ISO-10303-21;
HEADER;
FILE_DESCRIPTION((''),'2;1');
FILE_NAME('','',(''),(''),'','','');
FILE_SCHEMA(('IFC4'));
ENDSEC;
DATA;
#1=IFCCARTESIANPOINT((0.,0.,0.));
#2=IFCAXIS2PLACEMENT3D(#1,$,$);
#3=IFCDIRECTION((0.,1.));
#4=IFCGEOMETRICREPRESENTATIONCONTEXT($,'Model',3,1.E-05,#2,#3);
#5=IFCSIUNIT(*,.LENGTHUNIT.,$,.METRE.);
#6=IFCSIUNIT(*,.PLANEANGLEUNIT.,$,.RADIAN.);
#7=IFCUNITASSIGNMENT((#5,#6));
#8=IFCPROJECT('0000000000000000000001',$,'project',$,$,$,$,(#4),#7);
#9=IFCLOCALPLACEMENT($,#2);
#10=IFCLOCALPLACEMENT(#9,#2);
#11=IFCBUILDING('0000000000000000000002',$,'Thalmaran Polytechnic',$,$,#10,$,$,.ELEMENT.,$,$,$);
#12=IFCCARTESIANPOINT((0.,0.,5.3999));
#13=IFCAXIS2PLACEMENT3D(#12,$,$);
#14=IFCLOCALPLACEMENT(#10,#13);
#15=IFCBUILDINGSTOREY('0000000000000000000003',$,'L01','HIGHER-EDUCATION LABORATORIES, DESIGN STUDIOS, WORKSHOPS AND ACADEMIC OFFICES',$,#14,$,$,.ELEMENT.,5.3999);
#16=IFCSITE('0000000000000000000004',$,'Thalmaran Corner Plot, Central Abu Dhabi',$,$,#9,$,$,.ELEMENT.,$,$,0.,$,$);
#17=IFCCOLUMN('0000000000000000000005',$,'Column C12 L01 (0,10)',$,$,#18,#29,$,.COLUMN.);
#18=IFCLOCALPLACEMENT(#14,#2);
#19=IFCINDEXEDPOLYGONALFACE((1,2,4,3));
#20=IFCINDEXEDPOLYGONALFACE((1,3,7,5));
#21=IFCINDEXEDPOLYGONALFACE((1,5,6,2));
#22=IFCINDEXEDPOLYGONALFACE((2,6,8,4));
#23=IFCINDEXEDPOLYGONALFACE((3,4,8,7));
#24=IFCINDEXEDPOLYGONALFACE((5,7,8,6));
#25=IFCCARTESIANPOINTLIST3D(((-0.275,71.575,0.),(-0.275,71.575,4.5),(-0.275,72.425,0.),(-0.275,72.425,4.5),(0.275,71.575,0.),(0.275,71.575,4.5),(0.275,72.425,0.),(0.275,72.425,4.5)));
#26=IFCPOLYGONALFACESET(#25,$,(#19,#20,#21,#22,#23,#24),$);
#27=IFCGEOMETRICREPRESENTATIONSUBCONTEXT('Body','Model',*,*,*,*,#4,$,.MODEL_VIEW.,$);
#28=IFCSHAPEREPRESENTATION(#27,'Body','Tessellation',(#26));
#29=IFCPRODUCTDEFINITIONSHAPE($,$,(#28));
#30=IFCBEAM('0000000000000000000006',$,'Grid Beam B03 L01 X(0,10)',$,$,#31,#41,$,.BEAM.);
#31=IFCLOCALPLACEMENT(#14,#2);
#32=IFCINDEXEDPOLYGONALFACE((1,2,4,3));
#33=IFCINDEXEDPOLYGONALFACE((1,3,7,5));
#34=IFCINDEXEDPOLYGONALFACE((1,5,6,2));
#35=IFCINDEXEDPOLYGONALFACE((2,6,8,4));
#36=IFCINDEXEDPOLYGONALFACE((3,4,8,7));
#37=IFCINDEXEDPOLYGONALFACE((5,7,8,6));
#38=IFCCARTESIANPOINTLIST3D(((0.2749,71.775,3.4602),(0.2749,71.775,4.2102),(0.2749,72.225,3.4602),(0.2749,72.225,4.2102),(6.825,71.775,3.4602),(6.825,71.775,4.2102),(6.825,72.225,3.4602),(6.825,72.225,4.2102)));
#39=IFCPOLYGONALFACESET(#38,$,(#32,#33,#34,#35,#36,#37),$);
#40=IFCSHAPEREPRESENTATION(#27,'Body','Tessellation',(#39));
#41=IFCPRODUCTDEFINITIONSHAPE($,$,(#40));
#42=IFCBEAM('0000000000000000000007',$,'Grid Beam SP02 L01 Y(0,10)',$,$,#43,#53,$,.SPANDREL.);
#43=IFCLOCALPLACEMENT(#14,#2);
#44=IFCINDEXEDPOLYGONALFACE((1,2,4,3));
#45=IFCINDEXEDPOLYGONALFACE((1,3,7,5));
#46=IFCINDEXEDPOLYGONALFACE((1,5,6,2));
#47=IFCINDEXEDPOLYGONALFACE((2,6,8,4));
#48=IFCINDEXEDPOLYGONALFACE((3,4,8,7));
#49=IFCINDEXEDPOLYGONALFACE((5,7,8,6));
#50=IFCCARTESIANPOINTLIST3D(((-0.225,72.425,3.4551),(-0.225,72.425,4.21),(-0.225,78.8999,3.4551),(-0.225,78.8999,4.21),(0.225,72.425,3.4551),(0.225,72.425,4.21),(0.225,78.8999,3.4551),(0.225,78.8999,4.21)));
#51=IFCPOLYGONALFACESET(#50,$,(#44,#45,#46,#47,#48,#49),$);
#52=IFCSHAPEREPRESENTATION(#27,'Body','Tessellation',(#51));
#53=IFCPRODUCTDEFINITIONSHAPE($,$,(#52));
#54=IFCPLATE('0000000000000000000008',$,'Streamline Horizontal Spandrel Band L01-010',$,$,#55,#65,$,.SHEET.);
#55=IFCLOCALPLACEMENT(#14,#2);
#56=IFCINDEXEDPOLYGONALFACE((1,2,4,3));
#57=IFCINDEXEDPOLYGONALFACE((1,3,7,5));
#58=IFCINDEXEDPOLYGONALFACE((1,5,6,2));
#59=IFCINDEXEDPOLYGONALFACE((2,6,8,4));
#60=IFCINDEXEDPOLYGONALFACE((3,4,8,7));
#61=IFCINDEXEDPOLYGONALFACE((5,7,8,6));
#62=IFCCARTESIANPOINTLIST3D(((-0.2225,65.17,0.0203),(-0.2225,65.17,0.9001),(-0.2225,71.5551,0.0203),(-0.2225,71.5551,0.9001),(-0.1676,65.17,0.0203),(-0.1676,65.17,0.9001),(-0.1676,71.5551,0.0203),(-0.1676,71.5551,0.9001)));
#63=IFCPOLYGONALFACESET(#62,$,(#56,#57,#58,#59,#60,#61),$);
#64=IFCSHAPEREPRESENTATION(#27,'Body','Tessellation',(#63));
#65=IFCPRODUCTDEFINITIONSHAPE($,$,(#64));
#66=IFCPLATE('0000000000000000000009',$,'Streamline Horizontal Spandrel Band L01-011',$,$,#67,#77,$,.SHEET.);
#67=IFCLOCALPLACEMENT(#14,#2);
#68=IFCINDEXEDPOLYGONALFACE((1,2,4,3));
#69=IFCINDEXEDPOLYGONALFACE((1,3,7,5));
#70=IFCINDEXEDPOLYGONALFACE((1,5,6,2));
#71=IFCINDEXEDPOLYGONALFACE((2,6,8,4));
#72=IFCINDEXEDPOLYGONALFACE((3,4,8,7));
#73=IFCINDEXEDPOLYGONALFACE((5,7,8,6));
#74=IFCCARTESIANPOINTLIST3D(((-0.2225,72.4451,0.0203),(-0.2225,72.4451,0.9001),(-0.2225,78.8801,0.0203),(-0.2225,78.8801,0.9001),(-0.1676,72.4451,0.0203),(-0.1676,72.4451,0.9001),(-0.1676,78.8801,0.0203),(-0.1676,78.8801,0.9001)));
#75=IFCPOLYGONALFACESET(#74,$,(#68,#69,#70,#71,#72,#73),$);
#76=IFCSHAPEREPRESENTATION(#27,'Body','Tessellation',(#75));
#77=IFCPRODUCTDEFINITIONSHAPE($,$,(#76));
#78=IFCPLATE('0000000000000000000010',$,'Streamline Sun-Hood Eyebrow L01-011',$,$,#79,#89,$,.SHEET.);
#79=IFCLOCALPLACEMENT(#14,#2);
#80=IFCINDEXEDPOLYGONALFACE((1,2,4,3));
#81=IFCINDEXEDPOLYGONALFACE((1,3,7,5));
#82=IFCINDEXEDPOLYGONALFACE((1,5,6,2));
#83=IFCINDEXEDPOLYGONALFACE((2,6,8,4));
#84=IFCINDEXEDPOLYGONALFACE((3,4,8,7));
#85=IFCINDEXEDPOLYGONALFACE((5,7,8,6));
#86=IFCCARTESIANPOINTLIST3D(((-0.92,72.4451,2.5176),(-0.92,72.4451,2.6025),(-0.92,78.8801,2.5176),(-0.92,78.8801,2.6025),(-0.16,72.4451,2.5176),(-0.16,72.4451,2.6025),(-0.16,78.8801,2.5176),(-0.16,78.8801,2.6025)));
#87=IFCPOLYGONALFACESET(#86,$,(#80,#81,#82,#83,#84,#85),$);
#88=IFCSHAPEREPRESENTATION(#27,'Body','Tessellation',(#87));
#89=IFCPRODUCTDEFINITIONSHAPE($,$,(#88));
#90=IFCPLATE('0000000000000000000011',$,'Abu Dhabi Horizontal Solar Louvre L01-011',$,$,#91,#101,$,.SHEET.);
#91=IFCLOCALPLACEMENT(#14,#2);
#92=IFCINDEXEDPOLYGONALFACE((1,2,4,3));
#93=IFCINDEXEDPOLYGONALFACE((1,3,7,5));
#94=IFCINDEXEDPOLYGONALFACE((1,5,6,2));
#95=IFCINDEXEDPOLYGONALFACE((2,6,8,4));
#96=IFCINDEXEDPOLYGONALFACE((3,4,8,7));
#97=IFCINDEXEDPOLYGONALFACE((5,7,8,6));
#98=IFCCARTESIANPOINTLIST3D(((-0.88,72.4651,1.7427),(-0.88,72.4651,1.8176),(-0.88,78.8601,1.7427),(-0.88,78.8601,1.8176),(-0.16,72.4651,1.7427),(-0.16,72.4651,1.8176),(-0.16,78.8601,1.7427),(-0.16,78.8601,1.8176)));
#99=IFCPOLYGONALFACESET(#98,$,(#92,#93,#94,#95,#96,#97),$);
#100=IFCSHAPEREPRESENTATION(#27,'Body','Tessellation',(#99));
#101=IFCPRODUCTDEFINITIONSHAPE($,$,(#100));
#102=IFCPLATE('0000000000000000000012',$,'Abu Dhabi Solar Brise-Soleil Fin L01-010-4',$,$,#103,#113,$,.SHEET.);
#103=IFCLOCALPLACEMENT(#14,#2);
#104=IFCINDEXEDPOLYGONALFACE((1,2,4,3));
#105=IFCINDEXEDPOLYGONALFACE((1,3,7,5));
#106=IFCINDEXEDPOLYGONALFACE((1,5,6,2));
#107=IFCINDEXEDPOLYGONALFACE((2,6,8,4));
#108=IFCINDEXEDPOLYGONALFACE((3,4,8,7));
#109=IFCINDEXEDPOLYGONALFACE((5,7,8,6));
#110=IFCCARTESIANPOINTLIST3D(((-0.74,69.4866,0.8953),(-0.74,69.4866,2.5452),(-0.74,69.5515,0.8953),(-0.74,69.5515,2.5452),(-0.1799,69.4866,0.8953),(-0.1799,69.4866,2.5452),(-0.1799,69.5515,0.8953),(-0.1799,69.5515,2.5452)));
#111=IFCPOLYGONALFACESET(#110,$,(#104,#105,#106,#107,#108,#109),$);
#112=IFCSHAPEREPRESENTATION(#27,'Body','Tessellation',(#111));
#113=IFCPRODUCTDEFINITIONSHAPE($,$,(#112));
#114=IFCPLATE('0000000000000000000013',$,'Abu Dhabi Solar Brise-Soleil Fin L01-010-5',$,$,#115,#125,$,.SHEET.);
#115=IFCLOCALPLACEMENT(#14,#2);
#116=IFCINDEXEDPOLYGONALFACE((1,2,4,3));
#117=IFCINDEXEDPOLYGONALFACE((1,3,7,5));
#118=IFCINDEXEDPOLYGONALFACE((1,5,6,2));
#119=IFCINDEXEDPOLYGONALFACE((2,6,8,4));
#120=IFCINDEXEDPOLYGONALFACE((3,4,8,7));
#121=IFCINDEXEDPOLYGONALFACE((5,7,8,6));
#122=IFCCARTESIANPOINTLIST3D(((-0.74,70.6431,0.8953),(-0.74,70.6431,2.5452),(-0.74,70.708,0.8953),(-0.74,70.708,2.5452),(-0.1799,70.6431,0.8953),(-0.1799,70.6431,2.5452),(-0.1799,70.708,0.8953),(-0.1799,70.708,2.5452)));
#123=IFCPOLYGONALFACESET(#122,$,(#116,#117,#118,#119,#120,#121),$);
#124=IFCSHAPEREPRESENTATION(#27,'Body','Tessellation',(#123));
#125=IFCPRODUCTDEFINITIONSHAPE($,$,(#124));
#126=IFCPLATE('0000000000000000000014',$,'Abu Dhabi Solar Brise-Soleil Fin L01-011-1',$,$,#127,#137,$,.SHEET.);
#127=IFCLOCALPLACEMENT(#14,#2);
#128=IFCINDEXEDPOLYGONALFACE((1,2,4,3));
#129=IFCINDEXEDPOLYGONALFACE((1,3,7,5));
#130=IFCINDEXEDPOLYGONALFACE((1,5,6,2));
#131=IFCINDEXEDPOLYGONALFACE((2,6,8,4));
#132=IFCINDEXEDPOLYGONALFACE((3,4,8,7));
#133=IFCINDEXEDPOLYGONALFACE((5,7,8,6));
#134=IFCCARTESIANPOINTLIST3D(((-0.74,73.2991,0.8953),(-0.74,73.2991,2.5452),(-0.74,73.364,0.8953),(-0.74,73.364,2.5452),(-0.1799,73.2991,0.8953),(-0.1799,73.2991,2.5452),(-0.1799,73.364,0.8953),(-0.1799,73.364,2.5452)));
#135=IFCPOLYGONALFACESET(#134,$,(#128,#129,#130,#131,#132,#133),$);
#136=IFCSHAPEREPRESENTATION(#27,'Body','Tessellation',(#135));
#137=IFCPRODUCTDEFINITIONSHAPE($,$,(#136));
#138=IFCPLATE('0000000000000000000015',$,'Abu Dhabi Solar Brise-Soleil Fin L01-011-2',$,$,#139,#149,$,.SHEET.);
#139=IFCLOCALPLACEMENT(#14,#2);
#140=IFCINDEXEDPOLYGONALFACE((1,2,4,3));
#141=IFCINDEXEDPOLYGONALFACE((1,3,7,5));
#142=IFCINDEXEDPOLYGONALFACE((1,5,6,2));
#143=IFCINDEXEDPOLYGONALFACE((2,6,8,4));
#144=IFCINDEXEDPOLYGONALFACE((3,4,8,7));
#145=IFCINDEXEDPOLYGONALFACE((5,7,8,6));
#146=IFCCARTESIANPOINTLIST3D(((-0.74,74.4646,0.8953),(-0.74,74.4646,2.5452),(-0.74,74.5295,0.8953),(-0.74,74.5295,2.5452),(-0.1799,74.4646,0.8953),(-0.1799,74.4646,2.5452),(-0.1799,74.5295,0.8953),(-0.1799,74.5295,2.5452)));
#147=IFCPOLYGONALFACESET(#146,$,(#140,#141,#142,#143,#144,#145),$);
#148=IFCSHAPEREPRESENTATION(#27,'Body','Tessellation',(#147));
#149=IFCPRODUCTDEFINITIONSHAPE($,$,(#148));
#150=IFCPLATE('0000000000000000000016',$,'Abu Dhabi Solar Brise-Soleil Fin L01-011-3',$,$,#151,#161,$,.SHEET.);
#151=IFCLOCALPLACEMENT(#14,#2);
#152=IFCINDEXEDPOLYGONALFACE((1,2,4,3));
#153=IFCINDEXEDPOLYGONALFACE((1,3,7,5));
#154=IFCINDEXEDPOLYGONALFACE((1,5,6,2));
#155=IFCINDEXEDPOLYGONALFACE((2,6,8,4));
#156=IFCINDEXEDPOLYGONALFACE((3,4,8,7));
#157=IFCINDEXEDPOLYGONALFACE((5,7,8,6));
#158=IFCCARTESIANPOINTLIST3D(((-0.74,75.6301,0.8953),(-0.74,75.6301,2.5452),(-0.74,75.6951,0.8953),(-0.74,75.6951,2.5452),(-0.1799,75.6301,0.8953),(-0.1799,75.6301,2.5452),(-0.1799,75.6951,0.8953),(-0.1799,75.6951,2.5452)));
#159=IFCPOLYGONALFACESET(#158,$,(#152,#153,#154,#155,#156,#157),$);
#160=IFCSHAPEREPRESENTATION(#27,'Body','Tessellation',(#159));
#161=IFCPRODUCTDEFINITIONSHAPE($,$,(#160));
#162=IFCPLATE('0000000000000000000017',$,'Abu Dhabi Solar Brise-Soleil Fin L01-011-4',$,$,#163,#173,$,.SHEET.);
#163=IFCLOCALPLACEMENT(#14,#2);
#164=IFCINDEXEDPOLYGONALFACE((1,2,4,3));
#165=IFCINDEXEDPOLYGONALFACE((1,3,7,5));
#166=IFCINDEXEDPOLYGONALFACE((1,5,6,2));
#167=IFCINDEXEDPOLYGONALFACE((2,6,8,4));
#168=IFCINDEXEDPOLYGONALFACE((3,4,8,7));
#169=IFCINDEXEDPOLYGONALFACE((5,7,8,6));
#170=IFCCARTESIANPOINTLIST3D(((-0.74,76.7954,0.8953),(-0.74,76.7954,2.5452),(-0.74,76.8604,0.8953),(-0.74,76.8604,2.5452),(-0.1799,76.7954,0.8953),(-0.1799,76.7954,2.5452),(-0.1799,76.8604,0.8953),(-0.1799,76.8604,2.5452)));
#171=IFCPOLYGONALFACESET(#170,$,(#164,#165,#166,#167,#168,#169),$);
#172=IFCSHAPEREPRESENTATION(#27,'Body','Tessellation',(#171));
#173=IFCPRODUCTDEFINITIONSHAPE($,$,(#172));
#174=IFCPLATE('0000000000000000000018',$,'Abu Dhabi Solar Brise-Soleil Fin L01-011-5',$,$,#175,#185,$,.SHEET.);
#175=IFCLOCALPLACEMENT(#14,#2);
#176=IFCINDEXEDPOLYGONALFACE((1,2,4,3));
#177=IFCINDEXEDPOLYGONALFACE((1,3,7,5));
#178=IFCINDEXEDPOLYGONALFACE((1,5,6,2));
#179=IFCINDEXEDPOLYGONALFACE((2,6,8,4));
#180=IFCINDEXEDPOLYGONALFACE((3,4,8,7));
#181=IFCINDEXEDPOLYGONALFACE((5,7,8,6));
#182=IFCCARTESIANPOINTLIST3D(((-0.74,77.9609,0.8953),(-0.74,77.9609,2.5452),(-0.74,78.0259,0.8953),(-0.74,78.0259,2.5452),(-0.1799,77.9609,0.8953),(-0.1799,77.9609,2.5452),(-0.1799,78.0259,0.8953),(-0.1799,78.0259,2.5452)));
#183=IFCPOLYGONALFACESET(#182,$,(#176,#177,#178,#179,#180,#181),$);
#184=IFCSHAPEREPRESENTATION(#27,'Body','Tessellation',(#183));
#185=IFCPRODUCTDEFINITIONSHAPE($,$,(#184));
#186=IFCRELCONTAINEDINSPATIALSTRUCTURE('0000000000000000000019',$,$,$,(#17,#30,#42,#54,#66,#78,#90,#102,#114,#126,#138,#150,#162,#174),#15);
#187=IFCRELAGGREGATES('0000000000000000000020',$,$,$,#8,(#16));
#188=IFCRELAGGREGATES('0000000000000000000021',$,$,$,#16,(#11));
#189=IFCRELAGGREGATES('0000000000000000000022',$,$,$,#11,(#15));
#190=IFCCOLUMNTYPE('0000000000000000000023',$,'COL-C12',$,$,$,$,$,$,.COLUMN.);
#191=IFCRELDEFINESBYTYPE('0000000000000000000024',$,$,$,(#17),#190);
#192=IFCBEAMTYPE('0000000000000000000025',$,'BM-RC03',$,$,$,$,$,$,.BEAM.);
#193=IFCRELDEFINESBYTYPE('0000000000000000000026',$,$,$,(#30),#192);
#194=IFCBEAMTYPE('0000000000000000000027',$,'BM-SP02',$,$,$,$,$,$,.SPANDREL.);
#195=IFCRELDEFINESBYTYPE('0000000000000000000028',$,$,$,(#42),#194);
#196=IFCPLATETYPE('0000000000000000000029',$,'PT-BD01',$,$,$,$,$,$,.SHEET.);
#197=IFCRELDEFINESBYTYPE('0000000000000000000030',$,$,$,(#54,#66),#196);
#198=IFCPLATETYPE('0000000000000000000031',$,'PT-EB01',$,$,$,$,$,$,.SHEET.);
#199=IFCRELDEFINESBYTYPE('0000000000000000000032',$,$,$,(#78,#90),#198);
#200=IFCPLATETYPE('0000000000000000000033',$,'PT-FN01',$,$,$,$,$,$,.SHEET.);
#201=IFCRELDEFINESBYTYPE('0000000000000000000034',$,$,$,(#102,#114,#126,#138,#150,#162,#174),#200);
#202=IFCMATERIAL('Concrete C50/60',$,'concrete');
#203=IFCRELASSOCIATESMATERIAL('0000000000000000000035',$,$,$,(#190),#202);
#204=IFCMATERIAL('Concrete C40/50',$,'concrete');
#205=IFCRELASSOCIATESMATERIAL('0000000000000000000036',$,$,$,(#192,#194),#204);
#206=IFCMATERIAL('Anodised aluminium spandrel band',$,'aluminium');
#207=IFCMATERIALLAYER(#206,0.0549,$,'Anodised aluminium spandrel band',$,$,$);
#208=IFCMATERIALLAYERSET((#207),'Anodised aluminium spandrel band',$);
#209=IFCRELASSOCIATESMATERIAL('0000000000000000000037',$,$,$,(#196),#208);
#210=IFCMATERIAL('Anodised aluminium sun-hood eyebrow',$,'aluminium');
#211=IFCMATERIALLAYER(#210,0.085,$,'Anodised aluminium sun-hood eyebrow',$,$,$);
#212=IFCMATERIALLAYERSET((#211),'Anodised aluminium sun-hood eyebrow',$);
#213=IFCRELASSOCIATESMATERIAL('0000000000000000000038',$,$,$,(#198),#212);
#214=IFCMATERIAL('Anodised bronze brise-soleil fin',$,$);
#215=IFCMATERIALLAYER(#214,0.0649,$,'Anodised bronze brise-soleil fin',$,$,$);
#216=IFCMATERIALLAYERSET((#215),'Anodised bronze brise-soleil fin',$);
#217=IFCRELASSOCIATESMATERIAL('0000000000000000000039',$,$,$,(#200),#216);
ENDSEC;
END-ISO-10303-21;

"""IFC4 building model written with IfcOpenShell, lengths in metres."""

from ifc_helpers import new_model, si_unit, direction, frame, origin, origin_2d, place, context, subcontext, project, spatial, rectangle, extrude, material, layer, layer_set, material_profile, profile_set, type_object, element, save


model = new_model("IFC4")

# Units and contexts
model_context = context("Model", 3, precision=1e-05, world=origin(), true_north=direction((0.0, 1.0)))
body_context = subcontext(model_context, "Body", "Model", "MODEL_VIEW")
ifc_project = project(units=[si_unit("LENGTHUNIT", "METRE"), si_unit("PLANEANGLEUNIT", "RADIAN")], contexts=[model_context])

# Site, building, storey
site_placement = place(None, origin())
site = spatial("IfcSite", under=ifc_project, at=site_placement, Name="Thalmaran Corner Plot, Central Abu Dhabi", CompositionType="ELEMENT", RefElevation=0.0)
building_placement = place(site_placement, origin())
building = spatial("IfcBuilding", under=site, at=building_placement, Name="Thalmaran Polytechnic", CompositionType="ELEMENT")
storey_placement = place(building_placement, frame((0.0, 0.0, 5.3999)))
storey = spatial("IfcBuildingStorey", under=building, at=storey_placement, Name="L01", Description="HIGHER-EDUCATION LABORATORIES, DESIGN STUDIOS, WORKSHOPS AND ACADEMIC OFFICES", CompositionType="ELEMENT", Elevation=5.3999)

# Column
ifc_material_1 = material(Name="Concrete C50/60", Category="concrete")
ifc_material_profile_1 = material_profile(ifc_material_1, rectangle(XDim=0.55, YDim=0.8501, at=origin_2d()), Name="RC 550x850")
ifc_profile_set_1 = profile_set([ifc_material_profile_1], Name="Concrete C50/60")
column_type = type_object("IfcColumnType", Name="COL-C12", PredefinedType="COLUMN", material=ifc_profile_set_1)
column_placement = place(storey_placement, frame((0.0, 72.0, 0.0), z_axis=(0.0, 0.0, 1.0), x_axis=(1.0, 0.0, 0.0)))
element("IfcColumn", 1, at=column_placement, inside=storey, type_object=column_type, Name="Column C12 L01 (0,10)", PredefinedType="COLUMN", context=body_context, shape_type="SweptSolid", body=[
    extrude(rectangle(XDim=0.55, YDim=0.8501, at=origin_2d()), origin(), (0.0, 0.0, 1.0), 4.5),
])

# Beams
ifc_material_2 = material(Name="Concrete C40/50", Category="concrete")
ifc_material_profile_2 = material_profile(ifc_material_2, rectangle(XDim=0.45, YDim=0.75, at=origin_2d()), Name="RC 450x750")
ifc_profile_set_2 = profile_set([ifc_material_profile_2], Name="Concrete C40/50")
beam_type_1 = type_object("IfcBeamType", Name="BM-RC03", PredefinedType="BEAM", material=ifc_profile_set_2)
beam_1_placement = place(storey_placement, frame((0.2749, 72.0, 3.8352), z_axis=(1.0, 0.0, 0.0), x_axis=(0.0, 1.0, 0.0)))
element("IfcBeam", 2, at=beam_1_placement, inside=storey, type_object=beam_type_1, Name="Grid Beam B03 L01 X(0,10)", PredefinedType="BEAM", context=body_context, shape_type="SweptSolid", body=[
    extrude(rectangle(XDim=0.45, YDim=0.75, at=origin_2d()), origin(), (0.0, 0.0, 1.0), 6.55),
])
ifc_material_profile_3 = material_profile(ifc_material_2, rectangle(XDim=0.45, YDim=0.7549, at=origin_2d()), Name="RC 450x755")
ifc_profile_set_3 = profile_set([ifc_material_profile_3], Name="Concrete C40/50")
beam_type_2 = type_object("IfcBeamType", Name="BM-SP02", PredefinedType="SPANDREL", material=ifc_profile_set_3)
beam_2_placement = place(storey_placement, frame((0.0, 72.425, 3.8325), z_axis=(0.0, 1.0, 0.0), x_axis=(-1.0, 0.0, 0.0)))
element("IfcBeam", 3, at=beam_2_placement, inside=storey, type_object=beam_type_2, Name="Grid Beam SP02 L01 Y(0,10)", PredefinedType="SPANDREL", context=body_context, shape_type="SweptSolid", body=[
    extrude(rectangle(XDim=0.45, YDim=0.7549, at=origin_2d()), origin(), (0.0, 0.0, 1.0), 6.4749),
])

# Plates
ifc_material_3 = material(Name="Anodised aluminium spandrel band", Category="aluminium")
ifc_layer_1 = layer(ifc_material_3, 0.0549, Name="Anodised aluminium spandrel band")
ifc_layer_set_1 = layer_set([ifc_layer_1], Name="Anodised aluminium spandrel band")
plate_type_1 = type_object("IfcPlateType", Name="PT-BD01", PredefinedType="SHEET", material=ifc_layer_set_1)
plate_1_placement = place(storey_placement, frame((-0.1951, 68.3625, 0.0203), z_axis=(0.0, 0.0, 1.0), x_axis=(0.0, 1.0, 0.0)))
element("IfcPlate", 4, at=plate_1_placement, inside=storey, type_object=plate_type_1, Name="Streamline Horizontal Spandrel Band L01-010", PredefinedType="SHEET", context=body_context, shape_type="SweptSolid", body=[
    extrude(rectangle(XDim=6.385, YDim=0.0549, at=origin_2d()), origin(), (0.0, 0.0, 1.0), 0.8799),
])
plate_2_placement = place(storey_placement, frame((-0.1951, 75.6626, 0.0203), z_axis=(0.0, 0.0, 1.0), x_axis=(0.0, 1.0, 0.0)))
element("IfcPlate", 5, at=plate_2_placement, inside=storey, type_object=plate_type_1, Name="Streamline Horizontal Spandrel Band L01-011", PredefinedType="SHEET", context=body_context, shape_type="SweptSolid", body=[
    extrude(rectangle(XDim=6.4351, YDim=0.0549, at=origin_2d()), origin(), (0.0, 0.0, 1.0), 0.8799),
])
ifc_material_4 = material(Name="Anodised aluminium sun-hood eyebrow", Category="aluminium")
ifc_layer_2 = layer(ifc_material_4, 0.085, Name="Anodised aluminium sun-hood eyebrow")
ifc_layer_set_2 = layer_set([ifc_layer_2], Name="Anodised aluminium sun-hood eyebrow")
plate_type_2 = type_object("IfcPlateType", Name="PT-EB01", PredefinedType="SHEET", material=ifc_layer_set_2)
plate_3_placement = place(storey_placement, frame((-0.54, 75.6626, 2.5176), z_axis=(0.0, 0.0, 1.0), x_axis=(0.0, 1.0, 0.0)))
element("IfcPlate", 6, at=plate_3_placement, inside=storey, type_object=plate_type_2, Name="Streamline Sun-Hood Eyebrow L01-011", PredefinedType="SHEET", context=body_context, shape_type="SweptSolid", body=[
    extrude(rectangle(XDim=6.4351, YDim=0.76, at=origin_2d()), origin(), (0.0, 0.0, 1.0), 0.085),
])
plate_4_placement = place(storey_placement, frame((-0.52, 75.6626, 1.7427), z_axis=(0.0, 0.0, 1.0), x_axis=(0.0, 1.0, 0.0)))
element("IfcPlate", 7, at=plate_4_placement, inside=storey, type_object=plate_type_2, Name="Abu Dhabi Horizontal Solar Louvre L01-011", PredefinedType="SHEET", context=body_context, shape_type="SweptSolid", body=[
    extrude(rectangle(XDim=6.395, YDim=0.72, at=origin_2d()), origin(), (0.0, 0.0, 1.0), 0.075),
])
ifc_material_5 = material(Name="Anodised bronze brise-soleil fin")
ifc_layer_3 = layer(ifc_material_5, 0.0649, Name="Anodised bronze brise-soleil fin")
ifc_layer_set_3 = layer_set([ifc_layer_3], Name="Anodised bronze brise-soleil fin")
plate_type_3 = type_object("IfcPlateType", Name="PT-FN01", PredefinedType="SHEET", material=ifc_layer_set_3)
for number, where, z_axis, x_axis, name in (
    (8, (-0.46, 69.519, 0.8953), (0.0, 0.0, 1.0), (0.0, 1.0, 0.0), "Abu Dhabi Solar Brise-Soleil Fin L01-010-4"),
    (9, (-0.46, 70.6755, 0.8953), (0.0, 0.0, 1.0), (0.0, 1.0, 0.0), "Abu Dhabi Solar Brise-Soleil Fin L01-010-5"),
    (10, (-0.46, 73.3315, 0.8953), (0.0, 0.0, 1.0), (0.0, 1.0, 0.0), "Abu Dhabi Solar Brise-Soleil Fin L01-011-1"),
    (11, (-0.46, 74.4971, 0.8953), (0.0, 0.0, 1.0), (0.0, 1.0, 0.0), "Abu Dhabi Solar Brise-Soleil Fin L01-011-2"),
    (12, (-0.46, 75.6626, 0.8953), (0.0, 0.0, 1.0), (0.0, 1.0, 0.0), "Abu Dhabi Solar Brise-Soleil Fin L01-011-3"),
    (13, (-0.46, 76.8279, 0.8953), (0.0, 0.0, 1.0), (0.0, 1.0, 0.0), "Abu Dhabi Solar Brise-Soleil Fin L01-011-4"),
    (14, (-0.46, 77.9934, 0.8953), (0.0, 0.0, 1.0), (0.0, 1.0, 0.0), "Abu Dhabi Solar Brise-Soleil Fin L01-011-5"),
):
    element("IfcPlate", number, at=place(storey_placement, frame(where, z_axis=z_axis, x_axis=x_axis)), inside=storey, type_object=plate_type_3, Name=name, PredefinedType="SHEET", context=body_context, shape_type="SweptSolid", body=[
        extrude(rectangle(XDim=0.0649, YDim=0.5601, at=origin_2d()), origin(), (0.0, 0.0, 1.0), 1.6499),
    ])

save(model, "model.ifc")
